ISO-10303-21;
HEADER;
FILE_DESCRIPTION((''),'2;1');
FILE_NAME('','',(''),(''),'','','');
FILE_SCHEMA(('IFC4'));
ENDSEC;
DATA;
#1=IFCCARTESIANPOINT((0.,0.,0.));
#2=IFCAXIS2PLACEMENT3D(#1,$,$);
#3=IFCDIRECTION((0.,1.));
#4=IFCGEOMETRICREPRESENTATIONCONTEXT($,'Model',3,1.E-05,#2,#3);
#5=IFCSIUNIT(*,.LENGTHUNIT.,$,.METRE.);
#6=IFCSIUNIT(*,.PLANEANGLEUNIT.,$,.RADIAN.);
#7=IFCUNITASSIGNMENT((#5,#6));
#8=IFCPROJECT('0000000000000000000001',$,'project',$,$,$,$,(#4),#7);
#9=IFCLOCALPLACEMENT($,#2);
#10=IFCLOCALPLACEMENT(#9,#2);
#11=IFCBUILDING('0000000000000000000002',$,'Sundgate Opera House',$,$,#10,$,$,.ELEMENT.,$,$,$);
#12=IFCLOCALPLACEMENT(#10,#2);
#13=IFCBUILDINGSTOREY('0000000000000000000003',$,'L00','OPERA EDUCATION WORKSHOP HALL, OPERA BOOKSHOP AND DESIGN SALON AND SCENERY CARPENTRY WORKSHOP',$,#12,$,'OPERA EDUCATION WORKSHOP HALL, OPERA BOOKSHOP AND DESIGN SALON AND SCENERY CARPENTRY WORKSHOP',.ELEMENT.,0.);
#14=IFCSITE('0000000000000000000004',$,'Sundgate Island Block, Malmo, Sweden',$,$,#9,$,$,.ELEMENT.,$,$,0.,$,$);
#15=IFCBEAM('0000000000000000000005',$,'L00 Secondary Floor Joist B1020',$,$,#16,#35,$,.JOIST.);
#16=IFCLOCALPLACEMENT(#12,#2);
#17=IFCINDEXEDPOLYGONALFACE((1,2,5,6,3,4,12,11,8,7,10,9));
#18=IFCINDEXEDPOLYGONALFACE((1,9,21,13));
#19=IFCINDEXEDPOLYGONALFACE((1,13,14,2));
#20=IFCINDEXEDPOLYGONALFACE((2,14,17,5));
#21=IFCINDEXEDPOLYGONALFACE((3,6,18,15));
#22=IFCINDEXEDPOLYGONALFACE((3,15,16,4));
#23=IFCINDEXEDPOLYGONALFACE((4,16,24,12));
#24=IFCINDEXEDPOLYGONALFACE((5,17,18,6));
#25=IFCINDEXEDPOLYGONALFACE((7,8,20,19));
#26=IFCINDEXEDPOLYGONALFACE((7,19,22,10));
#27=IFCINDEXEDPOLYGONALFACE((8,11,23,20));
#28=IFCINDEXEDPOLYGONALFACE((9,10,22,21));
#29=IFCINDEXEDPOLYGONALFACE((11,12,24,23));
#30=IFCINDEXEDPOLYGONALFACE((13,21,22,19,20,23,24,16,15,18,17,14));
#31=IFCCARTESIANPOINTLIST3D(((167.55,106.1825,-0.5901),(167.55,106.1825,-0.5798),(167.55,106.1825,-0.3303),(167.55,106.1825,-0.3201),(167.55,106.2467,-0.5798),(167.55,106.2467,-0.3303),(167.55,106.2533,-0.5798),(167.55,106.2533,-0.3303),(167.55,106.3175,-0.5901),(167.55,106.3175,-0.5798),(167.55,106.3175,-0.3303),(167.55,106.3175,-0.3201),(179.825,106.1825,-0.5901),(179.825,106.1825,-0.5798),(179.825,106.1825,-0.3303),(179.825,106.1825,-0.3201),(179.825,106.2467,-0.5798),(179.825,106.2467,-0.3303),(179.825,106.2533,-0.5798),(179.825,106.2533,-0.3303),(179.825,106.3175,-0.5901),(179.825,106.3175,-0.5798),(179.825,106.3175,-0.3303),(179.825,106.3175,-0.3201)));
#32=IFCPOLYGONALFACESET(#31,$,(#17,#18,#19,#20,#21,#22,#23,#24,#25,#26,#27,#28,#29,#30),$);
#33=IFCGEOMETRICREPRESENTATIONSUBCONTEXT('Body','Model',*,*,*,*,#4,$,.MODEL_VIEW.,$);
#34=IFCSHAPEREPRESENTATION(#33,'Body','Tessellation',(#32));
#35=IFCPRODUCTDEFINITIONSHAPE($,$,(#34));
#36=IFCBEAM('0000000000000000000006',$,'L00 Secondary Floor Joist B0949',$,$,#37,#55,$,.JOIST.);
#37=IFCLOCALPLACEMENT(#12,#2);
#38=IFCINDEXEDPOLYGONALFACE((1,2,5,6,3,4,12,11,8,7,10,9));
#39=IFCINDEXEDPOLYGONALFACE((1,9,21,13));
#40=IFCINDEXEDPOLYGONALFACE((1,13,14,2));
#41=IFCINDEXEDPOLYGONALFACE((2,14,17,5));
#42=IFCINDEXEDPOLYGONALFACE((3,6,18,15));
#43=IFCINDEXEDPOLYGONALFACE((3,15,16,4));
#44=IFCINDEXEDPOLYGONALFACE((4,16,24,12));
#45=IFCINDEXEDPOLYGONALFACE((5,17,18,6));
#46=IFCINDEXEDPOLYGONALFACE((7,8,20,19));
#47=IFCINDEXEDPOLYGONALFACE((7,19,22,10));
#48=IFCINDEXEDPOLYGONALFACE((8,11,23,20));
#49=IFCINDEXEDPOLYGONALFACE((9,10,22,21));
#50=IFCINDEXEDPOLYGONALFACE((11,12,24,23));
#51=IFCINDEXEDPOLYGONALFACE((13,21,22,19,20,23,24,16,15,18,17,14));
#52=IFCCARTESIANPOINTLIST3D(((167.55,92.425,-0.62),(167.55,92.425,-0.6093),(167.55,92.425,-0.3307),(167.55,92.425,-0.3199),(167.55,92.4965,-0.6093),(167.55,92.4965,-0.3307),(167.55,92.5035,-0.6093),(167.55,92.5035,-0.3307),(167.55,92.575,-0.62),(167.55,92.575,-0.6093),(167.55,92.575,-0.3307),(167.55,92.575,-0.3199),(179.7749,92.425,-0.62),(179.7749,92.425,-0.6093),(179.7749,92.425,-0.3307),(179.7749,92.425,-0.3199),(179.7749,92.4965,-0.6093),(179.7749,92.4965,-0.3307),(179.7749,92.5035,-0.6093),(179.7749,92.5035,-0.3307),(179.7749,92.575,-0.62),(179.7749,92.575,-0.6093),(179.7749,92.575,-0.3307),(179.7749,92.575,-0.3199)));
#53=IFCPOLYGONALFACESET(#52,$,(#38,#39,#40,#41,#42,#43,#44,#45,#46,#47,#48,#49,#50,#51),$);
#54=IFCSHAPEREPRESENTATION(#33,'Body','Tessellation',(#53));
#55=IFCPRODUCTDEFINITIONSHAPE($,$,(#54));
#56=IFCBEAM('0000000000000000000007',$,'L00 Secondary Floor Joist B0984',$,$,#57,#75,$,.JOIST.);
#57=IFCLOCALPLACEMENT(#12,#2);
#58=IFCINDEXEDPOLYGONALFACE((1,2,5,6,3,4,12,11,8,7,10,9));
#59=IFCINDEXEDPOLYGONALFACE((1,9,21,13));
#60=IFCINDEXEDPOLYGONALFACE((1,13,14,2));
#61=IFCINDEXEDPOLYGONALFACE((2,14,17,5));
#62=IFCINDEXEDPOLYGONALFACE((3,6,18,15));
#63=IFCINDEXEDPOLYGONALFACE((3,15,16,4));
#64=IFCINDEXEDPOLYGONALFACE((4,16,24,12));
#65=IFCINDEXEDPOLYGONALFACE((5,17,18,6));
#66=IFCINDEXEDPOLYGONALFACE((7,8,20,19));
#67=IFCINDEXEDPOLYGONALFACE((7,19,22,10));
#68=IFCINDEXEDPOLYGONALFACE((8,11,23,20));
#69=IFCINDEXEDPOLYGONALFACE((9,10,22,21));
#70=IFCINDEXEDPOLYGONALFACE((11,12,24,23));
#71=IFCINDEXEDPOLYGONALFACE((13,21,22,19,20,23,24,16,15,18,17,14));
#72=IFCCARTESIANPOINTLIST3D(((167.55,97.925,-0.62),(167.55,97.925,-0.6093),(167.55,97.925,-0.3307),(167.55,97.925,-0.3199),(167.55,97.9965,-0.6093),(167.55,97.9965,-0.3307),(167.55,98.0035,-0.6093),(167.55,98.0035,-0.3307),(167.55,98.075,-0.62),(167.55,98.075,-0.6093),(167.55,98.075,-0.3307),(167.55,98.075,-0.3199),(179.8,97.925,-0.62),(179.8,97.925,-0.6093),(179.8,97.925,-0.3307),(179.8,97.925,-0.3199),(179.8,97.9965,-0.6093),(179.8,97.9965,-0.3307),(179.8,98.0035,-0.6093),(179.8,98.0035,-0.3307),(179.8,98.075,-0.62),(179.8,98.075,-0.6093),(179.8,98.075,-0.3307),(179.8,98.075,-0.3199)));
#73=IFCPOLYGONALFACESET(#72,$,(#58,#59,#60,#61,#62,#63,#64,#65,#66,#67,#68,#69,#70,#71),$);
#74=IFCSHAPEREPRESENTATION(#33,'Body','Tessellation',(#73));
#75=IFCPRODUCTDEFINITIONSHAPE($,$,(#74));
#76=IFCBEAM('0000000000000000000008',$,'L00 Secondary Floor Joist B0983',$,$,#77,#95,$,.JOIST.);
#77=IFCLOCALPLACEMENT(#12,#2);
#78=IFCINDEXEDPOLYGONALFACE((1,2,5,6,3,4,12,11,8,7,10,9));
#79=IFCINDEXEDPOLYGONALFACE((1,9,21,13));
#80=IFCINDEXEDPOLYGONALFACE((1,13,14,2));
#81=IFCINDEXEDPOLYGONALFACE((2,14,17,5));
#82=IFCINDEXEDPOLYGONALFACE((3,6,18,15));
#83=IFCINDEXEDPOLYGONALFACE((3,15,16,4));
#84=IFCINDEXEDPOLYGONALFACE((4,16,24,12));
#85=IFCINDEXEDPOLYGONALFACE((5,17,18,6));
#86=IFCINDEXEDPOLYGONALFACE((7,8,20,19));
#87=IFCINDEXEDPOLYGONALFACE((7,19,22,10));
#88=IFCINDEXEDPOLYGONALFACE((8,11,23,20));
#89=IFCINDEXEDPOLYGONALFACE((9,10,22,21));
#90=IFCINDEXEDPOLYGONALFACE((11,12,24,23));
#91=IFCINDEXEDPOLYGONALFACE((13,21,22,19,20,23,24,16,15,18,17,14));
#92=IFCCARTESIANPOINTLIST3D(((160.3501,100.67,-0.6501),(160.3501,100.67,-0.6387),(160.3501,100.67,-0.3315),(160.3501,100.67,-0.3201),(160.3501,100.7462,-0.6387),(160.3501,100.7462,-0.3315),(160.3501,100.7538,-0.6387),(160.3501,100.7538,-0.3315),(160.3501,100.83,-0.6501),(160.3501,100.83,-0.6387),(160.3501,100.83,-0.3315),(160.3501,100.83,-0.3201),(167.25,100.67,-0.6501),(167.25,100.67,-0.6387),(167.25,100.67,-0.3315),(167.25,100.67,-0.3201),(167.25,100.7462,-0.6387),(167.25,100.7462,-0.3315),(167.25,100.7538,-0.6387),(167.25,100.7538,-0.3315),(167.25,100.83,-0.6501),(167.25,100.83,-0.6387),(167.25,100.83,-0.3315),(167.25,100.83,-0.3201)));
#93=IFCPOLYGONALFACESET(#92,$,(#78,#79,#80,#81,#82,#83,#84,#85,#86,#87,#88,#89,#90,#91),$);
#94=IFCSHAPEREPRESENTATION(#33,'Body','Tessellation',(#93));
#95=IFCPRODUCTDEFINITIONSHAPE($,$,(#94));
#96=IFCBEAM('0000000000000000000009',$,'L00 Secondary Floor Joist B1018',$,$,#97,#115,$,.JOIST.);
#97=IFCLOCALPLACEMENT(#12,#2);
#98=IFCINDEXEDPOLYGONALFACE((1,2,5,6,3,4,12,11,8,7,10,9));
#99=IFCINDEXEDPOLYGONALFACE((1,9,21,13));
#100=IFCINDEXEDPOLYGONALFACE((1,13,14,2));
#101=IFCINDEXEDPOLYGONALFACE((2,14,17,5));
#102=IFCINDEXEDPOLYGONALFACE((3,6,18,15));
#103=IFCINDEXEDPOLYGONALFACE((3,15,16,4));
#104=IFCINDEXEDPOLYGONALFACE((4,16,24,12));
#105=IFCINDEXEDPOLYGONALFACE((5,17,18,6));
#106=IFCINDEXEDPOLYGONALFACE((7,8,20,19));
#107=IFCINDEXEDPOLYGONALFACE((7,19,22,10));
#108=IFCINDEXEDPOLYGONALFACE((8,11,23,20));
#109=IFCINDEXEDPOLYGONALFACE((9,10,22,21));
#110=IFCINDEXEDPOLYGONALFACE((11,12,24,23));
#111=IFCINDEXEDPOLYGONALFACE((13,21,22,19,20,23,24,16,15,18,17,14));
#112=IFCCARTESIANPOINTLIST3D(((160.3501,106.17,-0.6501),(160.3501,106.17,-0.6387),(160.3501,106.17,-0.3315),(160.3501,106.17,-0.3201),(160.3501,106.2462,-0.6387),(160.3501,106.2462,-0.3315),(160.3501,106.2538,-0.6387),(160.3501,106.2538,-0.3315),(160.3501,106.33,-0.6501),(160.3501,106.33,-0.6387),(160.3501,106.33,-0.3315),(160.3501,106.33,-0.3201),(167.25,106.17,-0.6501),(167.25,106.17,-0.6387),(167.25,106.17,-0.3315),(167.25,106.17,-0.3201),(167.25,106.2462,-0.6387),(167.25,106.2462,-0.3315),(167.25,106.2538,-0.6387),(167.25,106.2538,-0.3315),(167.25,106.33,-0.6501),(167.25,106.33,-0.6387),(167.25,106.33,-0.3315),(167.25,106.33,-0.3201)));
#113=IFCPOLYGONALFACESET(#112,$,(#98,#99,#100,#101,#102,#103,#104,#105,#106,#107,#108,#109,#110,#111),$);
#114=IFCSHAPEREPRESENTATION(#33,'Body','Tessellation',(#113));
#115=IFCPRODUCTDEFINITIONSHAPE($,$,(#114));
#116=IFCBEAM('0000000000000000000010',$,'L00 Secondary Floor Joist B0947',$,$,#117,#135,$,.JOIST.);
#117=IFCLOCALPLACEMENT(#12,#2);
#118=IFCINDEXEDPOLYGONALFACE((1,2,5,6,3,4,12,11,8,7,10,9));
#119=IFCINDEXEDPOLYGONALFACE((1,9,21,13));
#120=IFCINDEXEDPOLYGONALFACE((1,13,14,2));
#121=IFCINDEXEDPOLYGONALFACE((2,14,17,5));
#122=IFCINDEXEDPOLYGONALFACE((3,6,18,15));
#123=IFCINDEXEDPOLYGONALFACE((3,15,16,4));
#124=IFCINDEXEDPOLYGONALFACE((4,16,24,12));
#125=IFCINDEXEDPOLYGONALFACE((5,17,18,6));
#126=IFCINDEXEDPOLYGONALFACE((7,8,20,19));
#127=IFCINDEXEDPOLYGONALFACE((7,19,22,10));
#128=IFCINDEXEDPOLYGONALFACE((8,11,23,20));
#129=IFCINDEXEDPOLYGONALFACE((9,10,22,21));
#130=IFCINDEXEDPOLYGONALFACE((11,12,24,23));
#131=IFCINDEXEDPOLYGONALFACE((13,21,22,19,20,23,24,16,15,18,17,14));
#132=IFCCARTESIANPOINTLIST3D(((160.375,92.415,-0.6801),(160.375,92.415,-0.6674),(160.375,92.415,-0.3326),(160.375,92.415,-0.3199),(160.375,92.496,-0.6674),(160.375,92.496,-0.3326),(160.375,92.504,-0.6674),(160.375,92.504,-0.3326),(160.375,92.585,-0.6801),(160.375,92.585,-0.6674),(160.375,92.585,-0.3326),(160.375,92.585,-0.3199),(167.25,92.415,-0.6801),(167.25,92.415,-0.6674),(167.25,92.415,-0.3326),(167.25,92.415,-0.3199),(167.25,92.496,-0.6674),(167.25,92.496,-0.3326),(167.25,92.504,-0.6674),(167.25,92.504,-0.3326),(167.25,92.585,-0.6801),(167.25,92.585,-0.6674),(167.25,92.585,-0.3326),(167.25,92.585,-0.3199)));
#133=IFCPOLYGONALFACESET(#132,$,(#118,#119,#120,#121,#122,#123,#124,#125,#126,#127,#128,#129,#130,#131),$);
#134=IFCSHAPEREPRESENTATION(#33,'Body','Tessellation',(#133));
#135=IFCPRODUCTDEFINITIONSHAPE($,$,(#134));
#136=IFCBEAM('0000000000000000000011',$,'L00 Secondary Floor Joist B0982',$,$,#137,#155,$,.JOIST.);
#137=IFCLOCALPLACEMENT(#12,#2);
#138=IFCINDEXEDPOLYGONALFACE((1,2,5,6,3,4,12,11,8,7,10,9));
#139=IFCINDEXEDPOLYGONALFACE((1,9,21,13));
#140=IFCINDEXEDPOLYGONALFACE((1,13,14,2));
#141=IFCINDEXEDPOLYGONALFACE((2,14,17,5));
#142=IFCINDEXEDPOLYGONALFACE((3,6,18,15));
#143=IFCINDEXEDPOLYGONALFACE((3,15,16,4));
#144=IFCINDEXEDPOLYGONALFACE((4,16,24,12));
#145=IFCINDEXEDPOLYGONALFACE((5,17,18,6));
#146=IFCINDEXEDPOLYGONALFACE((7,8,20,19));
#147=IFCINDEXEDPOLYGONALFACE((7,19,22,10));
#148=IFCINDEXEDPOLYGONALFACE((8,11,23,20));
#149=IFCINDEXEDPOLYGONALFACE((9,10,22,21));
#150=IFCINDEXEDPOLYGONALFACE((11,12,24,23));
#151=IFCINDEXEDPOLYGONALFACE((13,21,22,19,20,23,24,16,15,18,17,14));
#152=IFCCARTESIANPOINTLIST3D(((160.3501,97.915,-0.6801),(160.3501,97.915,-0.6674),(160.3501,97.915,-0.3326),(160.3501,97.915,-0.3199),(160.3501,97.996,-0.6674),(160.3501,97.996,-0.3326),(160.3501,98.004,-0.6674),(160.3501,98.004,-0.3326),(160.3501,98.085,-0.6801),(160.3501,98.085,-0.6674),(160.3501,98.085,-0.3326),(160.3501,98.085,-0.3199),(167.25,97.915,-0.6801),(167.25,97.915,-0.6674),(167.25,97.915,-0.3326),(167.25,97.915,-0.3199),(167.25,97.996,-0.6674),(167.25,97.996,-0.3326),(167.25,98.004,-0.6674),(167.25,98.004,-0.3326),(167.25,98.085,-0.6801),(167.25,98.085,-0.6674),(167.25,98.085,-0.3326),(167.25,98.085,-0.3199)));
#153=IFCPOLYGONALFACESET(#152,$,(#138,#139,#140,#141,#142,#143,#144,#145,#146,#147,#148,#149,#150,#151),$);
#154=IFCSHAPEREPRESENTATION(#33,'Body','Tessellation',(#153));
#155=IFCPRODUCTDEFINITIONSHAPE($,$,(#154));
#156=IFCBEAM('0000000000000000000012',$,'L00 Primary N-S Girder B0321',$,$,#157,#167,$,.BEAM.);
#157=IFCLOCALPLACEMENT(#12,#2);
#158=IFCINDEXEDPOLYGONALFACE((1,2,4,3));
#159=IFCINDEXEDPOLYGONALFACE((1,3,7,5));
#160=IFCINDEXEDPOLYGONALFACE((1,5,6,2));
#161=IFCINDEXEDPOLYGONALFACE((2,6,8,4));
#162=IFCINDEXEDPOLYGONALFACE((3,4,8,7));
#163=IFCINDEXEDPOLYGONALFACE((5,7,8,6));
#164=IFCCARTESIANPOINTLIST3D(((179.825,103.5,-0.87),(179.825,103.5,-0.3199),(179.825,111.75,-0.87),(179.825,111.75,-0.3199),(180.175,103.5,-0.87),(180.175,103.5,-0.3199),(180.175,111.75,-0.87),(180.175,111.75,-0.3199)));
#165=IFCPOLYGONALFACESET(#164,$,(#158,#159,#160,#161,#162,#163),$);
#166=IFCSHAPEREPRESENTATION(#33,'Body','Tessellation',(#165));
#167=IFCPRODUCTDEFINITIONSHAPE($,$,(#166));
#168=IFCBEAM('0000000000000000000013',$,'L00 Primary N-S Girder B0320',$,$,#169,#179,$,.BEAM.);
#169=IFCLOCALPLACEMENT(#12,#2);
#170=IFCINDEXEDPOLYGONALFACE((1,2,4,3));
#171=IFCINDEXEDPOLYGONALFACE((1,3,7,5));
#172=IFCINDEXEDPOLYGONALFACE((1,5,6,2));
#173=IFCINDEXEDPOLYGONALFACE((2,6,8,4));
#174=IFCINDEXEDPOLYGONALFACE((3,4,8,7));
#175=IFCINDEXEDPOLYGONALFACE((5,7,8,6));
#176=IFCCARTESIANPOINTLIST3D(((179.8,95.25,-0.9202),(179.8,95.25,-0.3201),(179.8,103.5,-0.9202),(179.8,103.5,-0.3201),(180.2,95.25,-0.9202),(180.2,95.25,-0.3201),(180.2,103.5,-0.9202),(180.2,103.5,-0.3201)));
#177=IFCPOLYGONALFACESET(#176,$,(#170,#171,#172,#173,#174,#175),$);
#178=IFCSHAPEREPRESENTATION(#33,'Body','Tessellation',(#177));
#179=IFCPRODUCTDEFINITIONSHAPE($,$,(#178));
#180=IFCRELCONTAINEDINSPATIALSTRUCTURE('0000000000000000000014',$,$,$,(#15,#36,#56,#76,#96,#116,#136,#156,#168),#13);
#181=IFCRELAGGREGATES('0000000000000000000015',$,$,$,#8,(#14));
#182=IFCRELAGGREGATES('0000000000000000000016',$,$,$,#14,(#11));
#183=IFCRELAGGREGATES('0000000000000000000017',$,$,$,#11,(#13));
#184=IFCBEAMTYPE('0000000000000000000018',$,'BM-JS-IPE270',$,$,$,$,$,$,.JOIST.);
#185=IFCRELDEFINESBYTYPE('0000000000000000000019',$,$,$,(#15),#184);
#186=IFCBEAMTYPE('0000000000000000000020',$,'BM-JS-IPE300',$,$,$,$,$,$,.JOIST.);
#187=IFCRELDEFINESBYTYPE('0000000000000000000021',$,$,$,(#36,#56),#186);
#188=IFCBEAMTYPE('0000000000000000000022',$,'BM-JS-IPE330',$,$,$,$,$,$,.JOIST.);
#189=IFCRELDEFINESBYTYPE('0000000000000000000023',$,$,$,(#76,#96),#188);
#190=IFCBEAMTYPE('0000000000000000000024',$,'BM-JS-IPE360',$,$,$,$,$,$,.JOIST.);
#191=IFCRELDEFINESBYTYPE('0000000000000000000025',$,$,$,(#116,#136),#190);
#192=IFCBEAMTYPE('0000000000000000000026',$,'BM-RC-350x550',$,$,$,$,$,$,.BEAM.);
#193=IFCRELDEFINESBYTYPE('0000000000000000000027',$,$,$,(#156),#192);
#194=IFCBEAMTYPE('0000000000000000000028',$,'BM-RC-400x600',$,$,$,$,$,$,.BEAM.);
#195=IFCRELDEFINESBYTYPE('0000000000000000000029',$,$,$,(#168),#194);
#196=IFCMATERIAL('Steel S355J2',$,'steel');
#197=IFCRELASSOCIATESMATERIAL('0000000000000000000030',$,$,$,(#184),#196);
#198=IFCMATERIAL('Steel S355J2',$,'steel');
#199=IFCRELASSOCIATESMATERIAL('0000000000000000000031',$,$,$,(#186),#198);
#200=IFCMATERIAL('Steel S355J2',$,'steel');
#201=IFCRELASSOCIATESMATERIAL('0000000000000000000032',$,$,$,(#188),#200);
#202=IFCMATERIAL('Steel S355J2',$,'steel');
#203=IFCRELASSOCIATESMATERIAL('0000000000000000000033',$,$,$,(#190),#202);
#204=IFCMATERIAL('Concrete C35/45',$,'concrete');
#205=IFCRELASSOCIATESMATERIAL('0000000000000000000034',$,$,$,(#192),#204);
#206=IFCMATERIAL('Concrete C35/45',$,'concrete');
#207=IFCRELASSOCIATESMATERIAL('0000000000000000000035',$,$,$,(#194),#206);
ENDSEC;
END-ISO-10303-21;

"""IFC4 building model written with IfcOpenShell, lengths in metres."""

from ifc_helpers import new_model, si_unit, direction, frame, origin, origin_2d, place, context, subcontext, project, spatial, rectangle, i_section, extrude, material, material_profile, profile_set, type_object, element, save


model = new_model("IFC4")

# Units and contexts
model_context = context("Model", 3, precision=1e-05, world=origin(), true_north=direction((0.0, 1.0)))
body_context = subcontext(model_context, "Body", "Model", "MODEL_VIEW")
ifc_project = project(units=[si_unit("LENGTHUNIT", "METRE"), si_unit("PLANEANGLEUNIT", "RADIAN")], contexts=[model_context])

# Site, building, storey
site_placement = place(None, origin())
site = spatial("IfcSite", under=ifc_project, at=site_placement, Name="Sundgate Island Block, Malmo, Sweden", CompositionType="ELEMENT", RefElevation=0.0)
building_placement = place(site_placement, origin())
building = spatial("IfcBuilding", under=site, at=building_placement, Name="Sundgate Opera House", CompositionType="ELEMENT")
storey_placement = place(building_placement, origin())
storey = spatial("IfcBuildingStorey", under=building, at=storey_placement, Name="L00", Description="OPERA EDUCATION WORKSHOP HALL, OPERA BOOKSHOP AND DESIGN SALON AND SCENERY CARPENTRY WORKSHOP", LongName="OPERA EDUCATION WORKSHOP HALL, OPERA BOOKSHOP AND DESIGN SALON AND SCENERY CARPENTRY WORKSHOP", CompositionType="ELEMENT", Elevation=0.0)

# Beams
ifc_material_1 = material(Name="Steel S355J2", Category="steel")
ifc_material_profile_1 = material_profile(ifc_material_1, i_section(OverallWidth=0.135, OverallDepth=0.27, WebThickness=0.0066, FlangeThickness=0.0103, at=origin_2d()), Name="IPE 270")
ifc_profile_set_1 = profile_set([ifc_material_profile_1], Name="Steel S355J2")
beam_type_1 = type_object("IfcBeamType", Name="BM-JS-IPE270", PredefinedType="JOIST", material=ifc_profile_set_1)
beam_1_placement = place(storey_placement, frame((167.55, 106.25, -0.4551), z_axis=(1.0, 0.0, 0.0), x_axis=(0.0, 1.0, 0.0)))
element("IfcBeam", 1, at=beam_1_placement, inside=storey, type_object=beam_type_1, Name="L00 Secondary Floor Joist B1020", PredefinedType="JOIST", context=body_context, shape_type="SweptSolid", body=[
    extrude(i_section(OverallWidth=0.135, OverallDepth=0.27, WebThickness=0.0066, FlangeThickness=0.0103, at=origin_2d()), origin(), (0.0, 0.0, 1.0), 12.2749),
])
ifc_material_2 = material(Name="Steel S355J2", Category="steel")
ifc_material_profile_2 = material_profile(ifc_material_2, i_section(OverallWidth=0.1499, OverallDepth=0.3, WebThickness=0.0071, FlangeThickness=0.0107, at=origin_2d()), Name="IPE 300")
ifc_profile_set_2 = profile_set([ifc_material_profile_2], Name="Steel S355J2")
beam_type_2 = type_object("IfcBeamType", Name="BM-JS-IPE300", PredefinedType="JOIST", material=ifc_profile_set_2)
beam_2_placement = place(storey_placement, frame((167.55, 92.5, -0.47), z_axis=(1.0, 0.0, 0.0), x_axis=(0.0, 1.0, 0.0)))
element("IfcBeam", 2, at=beam_2_placement, inside=storey, type_object=beam_type_2, Name="L00 Secondary Floor Joist B0949", PredefinedType="JOIST", context=body_context, shape_type="SweptSolid", body=[
    extrude(i_section(OverallWidth=0.1499, OverallDepth=0.3, WebThickness=0.0071, FlangeThickness=0.0107, at=origin_2d()), origin(), (0.0, 0.0, 1.0), 12.2249),
])
beam_3_placement = place(storey_placement, frame((167.55, 98.0, -0.47), z_axis=(1.0, 0.0, 0.0), x_axis=(0.0, 1.0, 0.0)))
element("IfcBeam", 3, at=beam_3_placement, inside=storey, type_object=beam_type_2, Name="L00 Secondary Floor Joist B0984", PredefinedType="JOIST", context=body_context, shape_type="SweptSolid", body=[
    extrude(i_section(OverallWidth=0.1499, OverallDepth=0.3, WebThickness=0.0071, FlangeThickness=0.0107, at=origin_2d()), origin(), (0.0, 0.0, 1.0), 12.25),
])
ifc_material_3 = material(Name="Steel S355J2", Category="steel")
ifc_material_profile_3 = material_profile(ifc_material_3, i_section(OverallWidth=0.1599, OverallDepth=0.3301, WebThickness=0.0076, FlangeThickness=0.0115, at=origin_2d()), Name="IPE 330")
ifc_profile_set_3 = profile_set([ifc_material_profile_3], Name="Steel S355J2")
beam_type_3 = type_object("IfcBeamType", Name="BM-JS-IPE330", PredefinedType="JOIST", material=ifc_profile_set_3)
for number, where, z_axis, x_axis, name in (
    (4, (160.3501, 100.75, -0.4851), (1.0, 0.0, 0.0), (0.0, 1.0, 0.0), "L00 Secondary Floor Joist B0983"),
    (5, (160.3501, 106.25, -0.4851), (1.0, 0.0, 0.0), (0.0, 1.0, 0.0), "L00 Secondary Floor Joist B1018"),
):
    element("IfcBeam", number, at=place(storey_placement, frame(where, z_axis=z_axis, x_axis=x_axis)), inside=storey, type_object=beam_type_3, Name=name, PredefinedType="JOIST", context=body_context, shape_type="SweptSolid", body=[
        extrude(i_section(OverallWidth=0.1599, OverallDepth=0.3301, WebThickness=0.0076, FlangeThickness=0.0115, at=origin_2d()), origin(), (0.0, 0.0, 1.0), 6.8999),
    ])
ifc_material_4 = material(Name="Steel S355J2", Category="steel")
ifc_material_profile_4 = material_profile(ifc_material_4, i_section(OverallWidth=0.1699, OverallDepth=0.3601, WebThickness=0.0081, FlangeThickness=0.0127, at=origin_2d()), Name="IPE 360")
ifc_profile_set_4 = profile_set([ifc_material_profile_4], Name="Steel S355J2")
beam_type_4 = type_object("IfcBeamType", Name="BM-JS-IPE360", PredefinedType="JOIST", material=ifc_profile_set_4)
beam_4_placement = place(storey_placement, frame((160.375, 92.5, -0.5), z_axis=(1.0, 0.0, 0.0), x_axis=(0.0, 1.0, 0.0)))
element("IfcBeam", 6, at=beam_4_placement, inside=storey, type_object=beam_type_4, Name="L00 Secondary Floor Joist B0947", PredefinedType="JOIST", context=body_context, shape_type="SweptSolid", body=[
    extrude(i_section(OverallWidth=0.1699, OverallDepth=0.3601, WebThickness=0.0081, FlangeThickness=0.0127, at=origin_2d()), origin(), (0.0, 0.0, 1.0), 6.875),
])
beam_5_placement = place(storey_placement, frame((160.3501, 98.0, -0.5), z_axis=(1.0, 0.0, 0.0), x_axis=(0.0, 1.0, 0.0)))
element("IfcBeam", 7, at=beam_5_placement, inside=storey, type_object=beam_type_4, Name="L00 Secondary Floor Joist B0982", PredefinedType="JOIST", context=body_context, shape_type="SweptSolid", body=[
    extrude(i_section(OverallWidth=0.1699, OverallDepth=0.3601, WebThickness=0.0081, FlangeThickness=0.0127, at=origin_2d()), origin(), (0.0, 0.0, 1.0), 6.8999),
])
ifc_material_5 = material(Name="Concrete C35/45", Category="concrete")
ifc_material_profile_5 = material_profile(ifc_material_5, rectangle(XDim=0.3501, YDim=0.55, at=origin_2d()), Name="RC 350x550")
ifc_profile_set_5 = profile_set([ifc_material_profile_5], Name="Concrete C35/45")
beam_type_5 = type_object("IfcBeamType", Name="BM-RC-350x550", PredefinedType="BEAM", material=ifc_profile_set_5)
beam_6_placement = place(storey_placement, frame((180.0, 103.5, -0.595), z_axis=(0.0, 1.0, 0.0), x_axis=(-1.0, 0.0, 0.0)))
element("IfcBeam", 8, at=beam_6_placement, inside=storey, type_object=beam_type_5, Name="L00 Primary N-S Girder B0321", PredefinedType="BEAM", context=body_context, shape_type="SweptSolid", body=[
    extrude(rectangle(XDim=0.3501, YDim=0.55, at=origin_2d()), origin(), (0.0, 0.0, 1.0), 8.25),
])
ifc_material_6 = material(Name="Concrete C35/45", Category="concrete")
ifc_material_profile_6 = material_profile(ifc_material_6, rectangle(XDim=0.3999, YDim=0.6001, at=origin_2d()), Name="RC 400x600")
ifc_profile_set_6 = profile_set([ifc_material_profile_6], Name="Concrete C35/45")
beam_type_6 = type_object("IfcBeamType", Name="BM-RC-400x600", PredefinedType="BEAM", material=ifc_profile_set_6)
beam_7_placement = place(storey_placement, frame((180.0, 95.25, -0.6201), z_axis=(0.0, 1.0, 0.0), x_axis=(-1.0, 0.0, 0.0)))
element("IfcBeam", 9, at=beam_7_placement, inside=storey, type_object=beam_type_6, Name="L00 Primary N-S Girder B0320", PredefinedType="BEAM", context=body_context, shape_type="SweptSolid", body=[
    extrude(rectangle(XDim=0.3999, YDim=0.6001, at=origin_2d()), origin(), (0.0, 0.0, 1.0), 8.25),
])

save(model, "model.ifc")
